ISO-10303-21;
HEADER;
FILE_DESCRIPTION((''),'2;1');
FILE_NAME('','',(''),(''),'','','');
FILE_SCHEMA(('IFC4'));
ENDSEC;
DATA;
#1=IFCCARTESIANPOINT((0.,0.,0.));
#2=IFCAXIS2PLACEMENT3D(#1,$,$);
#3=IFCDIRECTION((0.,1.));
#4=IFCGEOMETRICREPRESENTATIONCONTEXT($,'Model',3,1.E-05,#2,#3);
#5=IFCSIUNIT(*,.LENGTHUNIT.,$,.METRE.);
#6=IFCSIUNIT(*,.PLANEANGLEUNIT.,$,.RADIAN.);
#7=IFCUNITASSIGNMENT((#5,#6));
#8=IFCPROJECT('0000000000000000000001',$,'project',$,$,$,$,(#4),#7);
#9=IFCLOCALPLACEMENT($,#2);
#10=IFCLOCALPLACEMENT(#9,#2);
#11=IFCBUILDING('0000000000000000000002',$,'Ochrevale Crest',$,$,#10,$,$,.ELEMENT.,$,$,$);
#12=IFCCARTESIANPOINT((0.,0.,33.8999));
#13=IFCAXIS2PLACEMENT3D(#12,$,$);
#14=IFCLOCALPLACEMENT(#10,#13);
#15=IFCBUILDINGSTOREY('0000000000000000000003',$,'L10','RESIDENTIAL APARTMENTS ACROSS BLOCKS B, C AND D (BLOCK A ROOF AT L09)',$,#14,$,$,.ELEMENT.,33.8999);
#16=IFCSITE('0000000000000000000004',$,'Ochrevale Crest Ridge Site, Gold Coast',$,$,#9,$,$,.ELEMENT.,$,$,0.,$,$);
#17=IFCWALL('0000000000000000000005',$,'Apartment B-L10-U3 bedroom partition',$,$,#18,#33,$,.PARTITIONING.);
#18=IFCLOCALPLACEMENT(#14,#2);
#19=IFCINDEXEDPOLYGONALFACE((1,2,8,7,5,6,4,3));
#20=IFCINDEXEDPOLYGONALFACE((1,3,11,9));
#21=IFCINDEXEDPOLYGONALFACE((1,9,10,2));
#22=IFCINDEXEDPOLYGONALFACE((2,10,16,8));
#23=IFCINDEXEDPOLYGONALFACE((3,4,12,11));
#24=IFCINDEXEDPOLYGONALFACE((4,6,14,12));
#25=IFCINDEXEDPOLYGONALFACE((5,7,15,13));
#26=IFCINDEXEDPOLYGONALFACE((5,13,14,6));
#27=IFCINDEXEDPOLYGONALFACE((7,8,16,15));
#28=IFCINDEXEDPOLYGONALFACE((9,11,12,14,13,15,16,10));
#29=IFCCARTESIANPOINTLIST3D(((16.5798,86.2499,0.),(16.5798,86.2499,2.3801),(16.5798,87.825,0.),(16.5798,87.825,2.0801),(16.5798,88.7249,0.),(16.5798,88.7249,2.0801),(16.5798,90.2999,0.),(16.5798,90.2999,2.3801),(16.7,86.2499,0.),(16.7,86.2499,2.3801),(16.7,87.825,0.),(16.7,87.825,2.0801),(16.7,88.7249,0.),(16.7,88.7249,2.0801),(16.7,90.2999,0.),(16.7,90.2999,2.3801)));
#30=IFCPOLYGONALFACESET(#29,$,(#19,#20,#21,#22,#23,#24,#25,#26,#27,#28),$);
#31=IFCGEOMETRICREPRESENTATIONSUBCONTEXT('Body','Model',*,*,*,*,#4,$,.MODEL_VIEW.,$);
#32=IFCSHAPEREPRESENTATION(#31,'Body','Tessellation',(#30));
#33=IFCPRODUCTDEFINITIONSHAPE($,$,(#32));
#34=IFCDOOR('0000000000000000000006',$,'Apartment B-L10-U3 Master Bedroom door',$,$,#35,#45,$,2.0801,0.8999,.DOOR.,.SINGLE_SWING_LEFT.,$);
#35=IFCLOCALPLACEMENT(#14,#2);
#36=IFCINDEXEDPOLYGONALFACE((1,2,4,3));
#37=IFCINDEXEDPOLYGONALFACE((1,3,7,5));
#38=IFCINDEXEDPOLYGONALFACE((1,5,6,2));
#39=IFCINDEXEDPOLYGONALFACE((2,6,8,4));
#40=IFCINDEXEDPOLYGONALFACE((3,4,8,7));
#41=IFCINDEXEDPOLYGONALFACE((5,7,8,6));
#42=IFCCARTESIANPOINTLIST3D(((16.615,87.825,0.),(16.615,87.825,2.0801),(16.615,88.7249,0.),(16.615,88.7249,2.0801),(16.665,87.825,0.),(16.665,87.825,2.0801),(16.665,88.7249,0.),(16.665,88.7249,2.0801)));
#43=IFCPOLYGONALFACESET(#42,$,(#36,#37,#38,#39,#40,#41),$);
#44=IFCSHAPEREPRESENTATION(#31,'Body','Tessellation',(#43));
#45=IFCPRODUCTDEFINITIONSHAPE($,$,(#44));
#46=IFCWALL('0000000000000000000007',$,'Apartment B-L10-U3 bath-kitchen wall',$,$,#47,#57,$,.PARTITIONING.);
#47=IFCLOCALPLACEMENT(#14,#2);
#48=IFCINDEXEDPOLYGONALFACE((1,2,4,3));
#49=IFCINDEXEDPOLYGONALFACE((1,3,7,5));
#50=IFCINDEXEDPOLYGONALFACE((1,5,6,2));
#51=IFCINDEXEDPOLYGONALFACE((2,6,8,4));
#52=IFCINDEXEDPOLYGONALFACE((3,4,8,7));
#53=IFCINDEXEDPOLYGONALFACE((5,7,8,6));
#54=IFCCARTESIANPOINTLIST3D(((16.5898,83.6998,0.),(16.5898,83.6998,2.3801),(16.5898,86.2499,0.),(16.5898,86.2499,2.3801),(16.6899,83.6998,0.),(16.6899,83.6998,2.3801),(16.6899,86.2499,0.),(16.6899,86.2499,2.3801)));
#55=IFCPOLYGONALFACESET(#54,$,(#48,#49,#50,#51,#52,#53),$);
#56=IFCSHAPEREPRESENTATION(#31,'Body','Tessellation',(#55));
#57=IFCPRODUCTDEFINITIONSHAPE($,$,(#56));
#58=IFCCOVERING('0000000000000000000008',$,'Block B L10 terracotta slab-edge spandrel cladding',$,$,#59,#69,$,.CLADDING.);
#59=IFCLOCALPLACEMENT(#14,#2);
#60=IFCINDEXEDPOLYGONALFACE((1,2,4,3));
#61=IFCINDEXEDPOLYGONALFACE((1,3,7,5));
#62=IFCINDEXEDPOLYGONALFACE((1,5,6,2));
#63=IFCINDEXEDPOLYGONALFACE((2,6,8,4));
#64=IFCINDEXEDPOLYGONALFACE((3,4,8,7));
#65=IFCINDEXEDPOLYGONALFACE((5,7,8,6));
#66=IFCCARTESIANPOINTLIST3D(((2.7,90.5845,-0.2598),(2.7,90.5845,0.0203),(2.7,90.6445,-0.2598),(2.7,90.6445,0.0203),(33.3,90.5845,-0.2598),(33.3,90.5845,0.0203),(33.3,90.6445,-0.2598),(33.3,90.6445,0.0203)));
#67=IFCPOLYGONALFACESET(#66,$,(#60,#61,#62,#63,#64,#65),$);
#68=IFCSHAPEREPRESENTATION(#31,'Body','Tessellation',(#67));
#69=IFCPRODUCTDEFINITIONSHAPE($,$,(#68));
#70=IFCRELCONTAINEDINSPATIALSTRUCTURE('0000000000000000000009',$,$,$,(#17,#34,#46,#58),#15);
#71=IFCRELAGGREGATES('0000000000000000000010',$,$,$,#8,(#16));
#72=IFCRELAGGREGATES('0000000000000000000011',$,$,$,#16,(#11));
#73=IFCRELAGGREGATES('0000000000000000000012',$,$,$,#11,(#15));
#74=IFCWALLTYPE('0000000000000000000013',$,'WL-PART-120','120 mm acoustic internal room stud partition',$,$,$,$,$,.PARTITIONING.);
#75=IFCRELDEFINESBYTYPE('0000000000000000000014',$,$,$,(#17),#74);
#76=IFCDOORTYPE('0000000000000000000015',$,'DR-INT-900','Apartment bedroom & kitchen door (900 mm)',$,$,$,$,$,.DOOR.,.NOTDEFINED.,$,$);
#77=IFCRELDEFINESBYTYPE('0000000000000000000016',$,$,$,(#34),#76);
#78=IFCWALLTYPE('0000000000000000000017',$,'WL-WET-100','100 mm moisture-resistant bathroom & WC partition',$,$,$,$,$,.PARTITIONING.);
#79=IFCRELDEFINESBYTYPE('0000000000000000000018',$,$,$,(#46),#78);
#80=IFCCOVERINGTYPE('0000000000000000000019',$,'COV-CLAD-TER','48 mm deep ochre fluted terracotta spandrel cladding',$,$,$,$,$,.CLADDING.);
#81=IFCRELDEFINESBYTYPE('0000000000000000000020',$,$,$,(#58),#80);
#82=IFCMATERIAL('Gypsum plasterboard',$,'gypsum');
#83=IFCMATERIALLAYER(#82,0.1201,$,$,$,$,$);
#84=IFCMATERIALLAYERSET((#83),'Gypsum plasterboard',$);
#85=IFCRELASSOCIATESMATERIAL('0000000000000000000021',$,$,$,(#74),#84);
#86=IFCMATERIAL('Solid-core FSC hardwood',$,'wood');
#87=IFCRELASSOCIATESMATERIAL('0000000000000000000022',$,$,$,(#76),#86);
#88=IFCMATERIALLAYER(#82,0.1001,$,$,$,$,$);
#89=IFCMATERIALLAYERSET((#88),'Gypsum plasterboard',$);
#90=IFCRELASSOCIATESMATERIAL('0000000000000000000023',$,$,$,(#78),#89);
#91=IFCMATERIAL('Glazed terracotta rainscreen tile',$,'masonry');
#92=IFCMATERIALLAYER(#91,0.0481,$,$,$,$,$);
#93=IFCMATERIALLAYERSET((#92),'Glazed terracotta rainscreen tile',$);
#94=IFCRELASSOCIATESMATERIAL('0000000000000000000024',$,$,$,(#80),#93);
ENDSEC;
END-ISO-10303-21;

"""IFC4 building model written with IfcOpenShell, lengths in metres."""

from ifc_helpers import new_model, si_unit, direction, frame, frame_2d, origin, origin_2d, place, context, subcontext, project, spatial, rectangle, extrude, material, layer, layer_set, type_object, element, fill, save


model = new_model("IFC4")

# Units and contexts
model_context = context("Model", 3, precision=1e-05, world=origin(), true_north=direction((0.0, 1.0)))
body_context = subcontext(model_context, "Body", "Model", "MODEL_VIEW")
ifc_project = project(units=[si_unit("LENGTHUNIT", "METRE"), si_unit("PLANEANGLEUNIT", "RADIAN")], contexts=[model_context])

# Site, building, storey
site_placement = place(None, origin())
site = spatial("IfcSite", under=ifc_project, at=site_placement, Name="Ochrevale Crest Ridge Site, Gold Coast", CompositionType="ELEMENT", RefElevation=0.0)
building_placement = place(site_placement, origin())
building = spatial("IfcBuilding", under=site, at=building_placement, Name="Ochrevale Crest", CompositionType="ELEMENT")
storey_placement = place(building_placement, frame((0.0, 0.0, 33.8999)))
storey = spatial("IfcBuildingStorey", under=building, at=storey_placement, Name="L10", Description="RESIDENTIAL APARTMENTS ACROSS BLOCKS B, C AND D (BLOCK A ROOF AT L09)", CompositionType="ELEMENT", Elevation=33.8999)

# Shared definitions
ifc_material_1 = material(Name="Solid-core FSC hardwood", Category="wood")

# Shared definitions
ifc_material_2 = material(Name="Gypsum plasterboard", Category="gypsum")
ifc_layer_1 = layer(ifc_material_2, 0.1201)
ifc_layer_set_1 = layer_set([ifc_layer_1], Name="Gypsum plasterboard")
wall_type_1 = type_object("IfcWallType", Name="WL-PART-120", Description="120 mm acoustic internal room stud partition", PredefinedType="PARTITIONING", material=ifc_layer_set_1)

# Shared definitions
door_type_1 = type_object("IfcDoorType", Name="DR-INT-900", Description="Apartment bedroom & kitchen door (900 mm)", OperationType="NOTDEFINED", PredefinedType="DOOR", material=ifc_material_1)

# Wall, opening, door
wall_1_placement = place(storey_placement, frame((16.6399, 86.25, 0.0), z_axis=(0.0, 0.0, 1.0), x_axis=(0.0, 1.0, 0.0)))
wall_1 = element("IfcWall", 1, at=wall_1_placement, inside=storey, type_object=wall_type_1, Name="Apartment B-L10-U3 bedroom partition", PredefinedType="PARTITIONING", context=body_context, shape_type="SweptSolid", body=[
    extrude(rectangle(XDim=4.05, YDim=0.1201, at=frame_2d((2.0249, 0.0))), origin(), (0.0, 0.0, 1.0), 2.3801),
])
opening_1_placement = place(wall_1_placement, frame((1.575, 0.0, 0.0)))
opening_1 = element("IfcOpeningElement", 2, at=opening_1_placement, cuts=wall_1, PredefinedType="OPENING", context=body_context, shape_type="SweptSolid", body=[
    extrude(rectangle(XDim=0.8999, YDim=2.0801, at=frame_2d((0.45, 1.04))), frame((0.0, 0.0701, 0.0), z_axis=(0.0, -1.0, 0.0), x_axis=(1.0, 0.0, 0.0)), (0.0, 0.0, 1.0), 0.1401),
])
door_1_placement = place(opening_1_placement, origin())
door_1 = element("IfcDoor", 3, at=door_1_placement, inside=storey, type_object=door_type_1, Name="Apartment B-L10-U3 Master Bedroom door", OperationType="SINGLE_SWING_LEFT", OverallHeight=2.0801, OverallWidth=0.8999, PredefinedType="DOOR", context=body_context, shape_type="SweptSolid", body=[
    extrude(rectangle(XDim=0.8999, YDim=2.0801, at=frame_2d((0.45, 1.04))), frame((0.0, 0.0249, 0.0), z_axis=(0.0, -1.0, 0.0), x_axis=(1.0, 0.0, 0.0)), (0.0, 0.0, 1.0), 0.05),
])
fill(opening_1, door_1)

# Wall
ifc_layer_2 = layer(ifc_material_2, 0.1001)
ifc_layer_set_2 = layer_set([ifc_layer_2], Name="Gypsum plasterboard")
wall_type_2 = type_object("IfcWallType", Name="WL-WET-100", Description="100 mm moisture-resistant bathroom & WC partition", PredefinedType="PARTITIONING", material=ifc_layer_set_2)
wall_2_placement = place(storey_placement, frame((16.6399, 83.7, 0.0), z_axis=(0.0, 0.0, 1.0), x_axis=(0.0, 1.0, 0.0)))
element("IfcWall", 4, at=wall_2_placement, inside=storey, type_object=wall_type_2, Name="Apartment B-L10-U3 bath-kitchen wall", PredefinedType="PARTITIONING", context=body_context, shape_type="SweptSolid", body=[
    extrude(rectangle(XDim=2.55, YDim=0.1001, at=frame_2d((1.2749, 0.0))), origin(), (0.0, 0.0, 1.0), 2.3801),
])

# Covering
ifc_material_3 = material(Name="Glazed terracotta rainscreen tile", Category="masonry")
ifc_layer_3 = layer(ifc_material_3, 0.0481)
ifc_layer_set_3 = layer_set([ifc_layer_3], Name="Glazed terracotta rainscreen tile")
covering_type = type_object("IfcCoveringType", Name="COV-CLAD-TER", Description="48 mm deep ochre fluted terracotta spandrel cladding", PredefinedType="CLADDING", material=ifc_layer_set_3)
covering_placement = place(storey_placement, frame((18.0, 90.6145, -0.2598), z_axis=(0.0, 0.0, 1.0), x_axis=(-1.0, 0.0, 0.0)))
element("IfcCovering", 5, at=covering_placement, inside=storey, type_object=covering_type, Name="Block B L10 terracotta slab-edge spandrel cladding", PredefinedType="CLADDING", context=body_context, shape_type="SweptSolid", body=[
    extrude(rectangle(XDim=30.6001, YDim=0.0601, at=origin_2d()), origin(), (0.0, 0.0, 1.0), 0.28),
])

save(model, "model.ifc")
